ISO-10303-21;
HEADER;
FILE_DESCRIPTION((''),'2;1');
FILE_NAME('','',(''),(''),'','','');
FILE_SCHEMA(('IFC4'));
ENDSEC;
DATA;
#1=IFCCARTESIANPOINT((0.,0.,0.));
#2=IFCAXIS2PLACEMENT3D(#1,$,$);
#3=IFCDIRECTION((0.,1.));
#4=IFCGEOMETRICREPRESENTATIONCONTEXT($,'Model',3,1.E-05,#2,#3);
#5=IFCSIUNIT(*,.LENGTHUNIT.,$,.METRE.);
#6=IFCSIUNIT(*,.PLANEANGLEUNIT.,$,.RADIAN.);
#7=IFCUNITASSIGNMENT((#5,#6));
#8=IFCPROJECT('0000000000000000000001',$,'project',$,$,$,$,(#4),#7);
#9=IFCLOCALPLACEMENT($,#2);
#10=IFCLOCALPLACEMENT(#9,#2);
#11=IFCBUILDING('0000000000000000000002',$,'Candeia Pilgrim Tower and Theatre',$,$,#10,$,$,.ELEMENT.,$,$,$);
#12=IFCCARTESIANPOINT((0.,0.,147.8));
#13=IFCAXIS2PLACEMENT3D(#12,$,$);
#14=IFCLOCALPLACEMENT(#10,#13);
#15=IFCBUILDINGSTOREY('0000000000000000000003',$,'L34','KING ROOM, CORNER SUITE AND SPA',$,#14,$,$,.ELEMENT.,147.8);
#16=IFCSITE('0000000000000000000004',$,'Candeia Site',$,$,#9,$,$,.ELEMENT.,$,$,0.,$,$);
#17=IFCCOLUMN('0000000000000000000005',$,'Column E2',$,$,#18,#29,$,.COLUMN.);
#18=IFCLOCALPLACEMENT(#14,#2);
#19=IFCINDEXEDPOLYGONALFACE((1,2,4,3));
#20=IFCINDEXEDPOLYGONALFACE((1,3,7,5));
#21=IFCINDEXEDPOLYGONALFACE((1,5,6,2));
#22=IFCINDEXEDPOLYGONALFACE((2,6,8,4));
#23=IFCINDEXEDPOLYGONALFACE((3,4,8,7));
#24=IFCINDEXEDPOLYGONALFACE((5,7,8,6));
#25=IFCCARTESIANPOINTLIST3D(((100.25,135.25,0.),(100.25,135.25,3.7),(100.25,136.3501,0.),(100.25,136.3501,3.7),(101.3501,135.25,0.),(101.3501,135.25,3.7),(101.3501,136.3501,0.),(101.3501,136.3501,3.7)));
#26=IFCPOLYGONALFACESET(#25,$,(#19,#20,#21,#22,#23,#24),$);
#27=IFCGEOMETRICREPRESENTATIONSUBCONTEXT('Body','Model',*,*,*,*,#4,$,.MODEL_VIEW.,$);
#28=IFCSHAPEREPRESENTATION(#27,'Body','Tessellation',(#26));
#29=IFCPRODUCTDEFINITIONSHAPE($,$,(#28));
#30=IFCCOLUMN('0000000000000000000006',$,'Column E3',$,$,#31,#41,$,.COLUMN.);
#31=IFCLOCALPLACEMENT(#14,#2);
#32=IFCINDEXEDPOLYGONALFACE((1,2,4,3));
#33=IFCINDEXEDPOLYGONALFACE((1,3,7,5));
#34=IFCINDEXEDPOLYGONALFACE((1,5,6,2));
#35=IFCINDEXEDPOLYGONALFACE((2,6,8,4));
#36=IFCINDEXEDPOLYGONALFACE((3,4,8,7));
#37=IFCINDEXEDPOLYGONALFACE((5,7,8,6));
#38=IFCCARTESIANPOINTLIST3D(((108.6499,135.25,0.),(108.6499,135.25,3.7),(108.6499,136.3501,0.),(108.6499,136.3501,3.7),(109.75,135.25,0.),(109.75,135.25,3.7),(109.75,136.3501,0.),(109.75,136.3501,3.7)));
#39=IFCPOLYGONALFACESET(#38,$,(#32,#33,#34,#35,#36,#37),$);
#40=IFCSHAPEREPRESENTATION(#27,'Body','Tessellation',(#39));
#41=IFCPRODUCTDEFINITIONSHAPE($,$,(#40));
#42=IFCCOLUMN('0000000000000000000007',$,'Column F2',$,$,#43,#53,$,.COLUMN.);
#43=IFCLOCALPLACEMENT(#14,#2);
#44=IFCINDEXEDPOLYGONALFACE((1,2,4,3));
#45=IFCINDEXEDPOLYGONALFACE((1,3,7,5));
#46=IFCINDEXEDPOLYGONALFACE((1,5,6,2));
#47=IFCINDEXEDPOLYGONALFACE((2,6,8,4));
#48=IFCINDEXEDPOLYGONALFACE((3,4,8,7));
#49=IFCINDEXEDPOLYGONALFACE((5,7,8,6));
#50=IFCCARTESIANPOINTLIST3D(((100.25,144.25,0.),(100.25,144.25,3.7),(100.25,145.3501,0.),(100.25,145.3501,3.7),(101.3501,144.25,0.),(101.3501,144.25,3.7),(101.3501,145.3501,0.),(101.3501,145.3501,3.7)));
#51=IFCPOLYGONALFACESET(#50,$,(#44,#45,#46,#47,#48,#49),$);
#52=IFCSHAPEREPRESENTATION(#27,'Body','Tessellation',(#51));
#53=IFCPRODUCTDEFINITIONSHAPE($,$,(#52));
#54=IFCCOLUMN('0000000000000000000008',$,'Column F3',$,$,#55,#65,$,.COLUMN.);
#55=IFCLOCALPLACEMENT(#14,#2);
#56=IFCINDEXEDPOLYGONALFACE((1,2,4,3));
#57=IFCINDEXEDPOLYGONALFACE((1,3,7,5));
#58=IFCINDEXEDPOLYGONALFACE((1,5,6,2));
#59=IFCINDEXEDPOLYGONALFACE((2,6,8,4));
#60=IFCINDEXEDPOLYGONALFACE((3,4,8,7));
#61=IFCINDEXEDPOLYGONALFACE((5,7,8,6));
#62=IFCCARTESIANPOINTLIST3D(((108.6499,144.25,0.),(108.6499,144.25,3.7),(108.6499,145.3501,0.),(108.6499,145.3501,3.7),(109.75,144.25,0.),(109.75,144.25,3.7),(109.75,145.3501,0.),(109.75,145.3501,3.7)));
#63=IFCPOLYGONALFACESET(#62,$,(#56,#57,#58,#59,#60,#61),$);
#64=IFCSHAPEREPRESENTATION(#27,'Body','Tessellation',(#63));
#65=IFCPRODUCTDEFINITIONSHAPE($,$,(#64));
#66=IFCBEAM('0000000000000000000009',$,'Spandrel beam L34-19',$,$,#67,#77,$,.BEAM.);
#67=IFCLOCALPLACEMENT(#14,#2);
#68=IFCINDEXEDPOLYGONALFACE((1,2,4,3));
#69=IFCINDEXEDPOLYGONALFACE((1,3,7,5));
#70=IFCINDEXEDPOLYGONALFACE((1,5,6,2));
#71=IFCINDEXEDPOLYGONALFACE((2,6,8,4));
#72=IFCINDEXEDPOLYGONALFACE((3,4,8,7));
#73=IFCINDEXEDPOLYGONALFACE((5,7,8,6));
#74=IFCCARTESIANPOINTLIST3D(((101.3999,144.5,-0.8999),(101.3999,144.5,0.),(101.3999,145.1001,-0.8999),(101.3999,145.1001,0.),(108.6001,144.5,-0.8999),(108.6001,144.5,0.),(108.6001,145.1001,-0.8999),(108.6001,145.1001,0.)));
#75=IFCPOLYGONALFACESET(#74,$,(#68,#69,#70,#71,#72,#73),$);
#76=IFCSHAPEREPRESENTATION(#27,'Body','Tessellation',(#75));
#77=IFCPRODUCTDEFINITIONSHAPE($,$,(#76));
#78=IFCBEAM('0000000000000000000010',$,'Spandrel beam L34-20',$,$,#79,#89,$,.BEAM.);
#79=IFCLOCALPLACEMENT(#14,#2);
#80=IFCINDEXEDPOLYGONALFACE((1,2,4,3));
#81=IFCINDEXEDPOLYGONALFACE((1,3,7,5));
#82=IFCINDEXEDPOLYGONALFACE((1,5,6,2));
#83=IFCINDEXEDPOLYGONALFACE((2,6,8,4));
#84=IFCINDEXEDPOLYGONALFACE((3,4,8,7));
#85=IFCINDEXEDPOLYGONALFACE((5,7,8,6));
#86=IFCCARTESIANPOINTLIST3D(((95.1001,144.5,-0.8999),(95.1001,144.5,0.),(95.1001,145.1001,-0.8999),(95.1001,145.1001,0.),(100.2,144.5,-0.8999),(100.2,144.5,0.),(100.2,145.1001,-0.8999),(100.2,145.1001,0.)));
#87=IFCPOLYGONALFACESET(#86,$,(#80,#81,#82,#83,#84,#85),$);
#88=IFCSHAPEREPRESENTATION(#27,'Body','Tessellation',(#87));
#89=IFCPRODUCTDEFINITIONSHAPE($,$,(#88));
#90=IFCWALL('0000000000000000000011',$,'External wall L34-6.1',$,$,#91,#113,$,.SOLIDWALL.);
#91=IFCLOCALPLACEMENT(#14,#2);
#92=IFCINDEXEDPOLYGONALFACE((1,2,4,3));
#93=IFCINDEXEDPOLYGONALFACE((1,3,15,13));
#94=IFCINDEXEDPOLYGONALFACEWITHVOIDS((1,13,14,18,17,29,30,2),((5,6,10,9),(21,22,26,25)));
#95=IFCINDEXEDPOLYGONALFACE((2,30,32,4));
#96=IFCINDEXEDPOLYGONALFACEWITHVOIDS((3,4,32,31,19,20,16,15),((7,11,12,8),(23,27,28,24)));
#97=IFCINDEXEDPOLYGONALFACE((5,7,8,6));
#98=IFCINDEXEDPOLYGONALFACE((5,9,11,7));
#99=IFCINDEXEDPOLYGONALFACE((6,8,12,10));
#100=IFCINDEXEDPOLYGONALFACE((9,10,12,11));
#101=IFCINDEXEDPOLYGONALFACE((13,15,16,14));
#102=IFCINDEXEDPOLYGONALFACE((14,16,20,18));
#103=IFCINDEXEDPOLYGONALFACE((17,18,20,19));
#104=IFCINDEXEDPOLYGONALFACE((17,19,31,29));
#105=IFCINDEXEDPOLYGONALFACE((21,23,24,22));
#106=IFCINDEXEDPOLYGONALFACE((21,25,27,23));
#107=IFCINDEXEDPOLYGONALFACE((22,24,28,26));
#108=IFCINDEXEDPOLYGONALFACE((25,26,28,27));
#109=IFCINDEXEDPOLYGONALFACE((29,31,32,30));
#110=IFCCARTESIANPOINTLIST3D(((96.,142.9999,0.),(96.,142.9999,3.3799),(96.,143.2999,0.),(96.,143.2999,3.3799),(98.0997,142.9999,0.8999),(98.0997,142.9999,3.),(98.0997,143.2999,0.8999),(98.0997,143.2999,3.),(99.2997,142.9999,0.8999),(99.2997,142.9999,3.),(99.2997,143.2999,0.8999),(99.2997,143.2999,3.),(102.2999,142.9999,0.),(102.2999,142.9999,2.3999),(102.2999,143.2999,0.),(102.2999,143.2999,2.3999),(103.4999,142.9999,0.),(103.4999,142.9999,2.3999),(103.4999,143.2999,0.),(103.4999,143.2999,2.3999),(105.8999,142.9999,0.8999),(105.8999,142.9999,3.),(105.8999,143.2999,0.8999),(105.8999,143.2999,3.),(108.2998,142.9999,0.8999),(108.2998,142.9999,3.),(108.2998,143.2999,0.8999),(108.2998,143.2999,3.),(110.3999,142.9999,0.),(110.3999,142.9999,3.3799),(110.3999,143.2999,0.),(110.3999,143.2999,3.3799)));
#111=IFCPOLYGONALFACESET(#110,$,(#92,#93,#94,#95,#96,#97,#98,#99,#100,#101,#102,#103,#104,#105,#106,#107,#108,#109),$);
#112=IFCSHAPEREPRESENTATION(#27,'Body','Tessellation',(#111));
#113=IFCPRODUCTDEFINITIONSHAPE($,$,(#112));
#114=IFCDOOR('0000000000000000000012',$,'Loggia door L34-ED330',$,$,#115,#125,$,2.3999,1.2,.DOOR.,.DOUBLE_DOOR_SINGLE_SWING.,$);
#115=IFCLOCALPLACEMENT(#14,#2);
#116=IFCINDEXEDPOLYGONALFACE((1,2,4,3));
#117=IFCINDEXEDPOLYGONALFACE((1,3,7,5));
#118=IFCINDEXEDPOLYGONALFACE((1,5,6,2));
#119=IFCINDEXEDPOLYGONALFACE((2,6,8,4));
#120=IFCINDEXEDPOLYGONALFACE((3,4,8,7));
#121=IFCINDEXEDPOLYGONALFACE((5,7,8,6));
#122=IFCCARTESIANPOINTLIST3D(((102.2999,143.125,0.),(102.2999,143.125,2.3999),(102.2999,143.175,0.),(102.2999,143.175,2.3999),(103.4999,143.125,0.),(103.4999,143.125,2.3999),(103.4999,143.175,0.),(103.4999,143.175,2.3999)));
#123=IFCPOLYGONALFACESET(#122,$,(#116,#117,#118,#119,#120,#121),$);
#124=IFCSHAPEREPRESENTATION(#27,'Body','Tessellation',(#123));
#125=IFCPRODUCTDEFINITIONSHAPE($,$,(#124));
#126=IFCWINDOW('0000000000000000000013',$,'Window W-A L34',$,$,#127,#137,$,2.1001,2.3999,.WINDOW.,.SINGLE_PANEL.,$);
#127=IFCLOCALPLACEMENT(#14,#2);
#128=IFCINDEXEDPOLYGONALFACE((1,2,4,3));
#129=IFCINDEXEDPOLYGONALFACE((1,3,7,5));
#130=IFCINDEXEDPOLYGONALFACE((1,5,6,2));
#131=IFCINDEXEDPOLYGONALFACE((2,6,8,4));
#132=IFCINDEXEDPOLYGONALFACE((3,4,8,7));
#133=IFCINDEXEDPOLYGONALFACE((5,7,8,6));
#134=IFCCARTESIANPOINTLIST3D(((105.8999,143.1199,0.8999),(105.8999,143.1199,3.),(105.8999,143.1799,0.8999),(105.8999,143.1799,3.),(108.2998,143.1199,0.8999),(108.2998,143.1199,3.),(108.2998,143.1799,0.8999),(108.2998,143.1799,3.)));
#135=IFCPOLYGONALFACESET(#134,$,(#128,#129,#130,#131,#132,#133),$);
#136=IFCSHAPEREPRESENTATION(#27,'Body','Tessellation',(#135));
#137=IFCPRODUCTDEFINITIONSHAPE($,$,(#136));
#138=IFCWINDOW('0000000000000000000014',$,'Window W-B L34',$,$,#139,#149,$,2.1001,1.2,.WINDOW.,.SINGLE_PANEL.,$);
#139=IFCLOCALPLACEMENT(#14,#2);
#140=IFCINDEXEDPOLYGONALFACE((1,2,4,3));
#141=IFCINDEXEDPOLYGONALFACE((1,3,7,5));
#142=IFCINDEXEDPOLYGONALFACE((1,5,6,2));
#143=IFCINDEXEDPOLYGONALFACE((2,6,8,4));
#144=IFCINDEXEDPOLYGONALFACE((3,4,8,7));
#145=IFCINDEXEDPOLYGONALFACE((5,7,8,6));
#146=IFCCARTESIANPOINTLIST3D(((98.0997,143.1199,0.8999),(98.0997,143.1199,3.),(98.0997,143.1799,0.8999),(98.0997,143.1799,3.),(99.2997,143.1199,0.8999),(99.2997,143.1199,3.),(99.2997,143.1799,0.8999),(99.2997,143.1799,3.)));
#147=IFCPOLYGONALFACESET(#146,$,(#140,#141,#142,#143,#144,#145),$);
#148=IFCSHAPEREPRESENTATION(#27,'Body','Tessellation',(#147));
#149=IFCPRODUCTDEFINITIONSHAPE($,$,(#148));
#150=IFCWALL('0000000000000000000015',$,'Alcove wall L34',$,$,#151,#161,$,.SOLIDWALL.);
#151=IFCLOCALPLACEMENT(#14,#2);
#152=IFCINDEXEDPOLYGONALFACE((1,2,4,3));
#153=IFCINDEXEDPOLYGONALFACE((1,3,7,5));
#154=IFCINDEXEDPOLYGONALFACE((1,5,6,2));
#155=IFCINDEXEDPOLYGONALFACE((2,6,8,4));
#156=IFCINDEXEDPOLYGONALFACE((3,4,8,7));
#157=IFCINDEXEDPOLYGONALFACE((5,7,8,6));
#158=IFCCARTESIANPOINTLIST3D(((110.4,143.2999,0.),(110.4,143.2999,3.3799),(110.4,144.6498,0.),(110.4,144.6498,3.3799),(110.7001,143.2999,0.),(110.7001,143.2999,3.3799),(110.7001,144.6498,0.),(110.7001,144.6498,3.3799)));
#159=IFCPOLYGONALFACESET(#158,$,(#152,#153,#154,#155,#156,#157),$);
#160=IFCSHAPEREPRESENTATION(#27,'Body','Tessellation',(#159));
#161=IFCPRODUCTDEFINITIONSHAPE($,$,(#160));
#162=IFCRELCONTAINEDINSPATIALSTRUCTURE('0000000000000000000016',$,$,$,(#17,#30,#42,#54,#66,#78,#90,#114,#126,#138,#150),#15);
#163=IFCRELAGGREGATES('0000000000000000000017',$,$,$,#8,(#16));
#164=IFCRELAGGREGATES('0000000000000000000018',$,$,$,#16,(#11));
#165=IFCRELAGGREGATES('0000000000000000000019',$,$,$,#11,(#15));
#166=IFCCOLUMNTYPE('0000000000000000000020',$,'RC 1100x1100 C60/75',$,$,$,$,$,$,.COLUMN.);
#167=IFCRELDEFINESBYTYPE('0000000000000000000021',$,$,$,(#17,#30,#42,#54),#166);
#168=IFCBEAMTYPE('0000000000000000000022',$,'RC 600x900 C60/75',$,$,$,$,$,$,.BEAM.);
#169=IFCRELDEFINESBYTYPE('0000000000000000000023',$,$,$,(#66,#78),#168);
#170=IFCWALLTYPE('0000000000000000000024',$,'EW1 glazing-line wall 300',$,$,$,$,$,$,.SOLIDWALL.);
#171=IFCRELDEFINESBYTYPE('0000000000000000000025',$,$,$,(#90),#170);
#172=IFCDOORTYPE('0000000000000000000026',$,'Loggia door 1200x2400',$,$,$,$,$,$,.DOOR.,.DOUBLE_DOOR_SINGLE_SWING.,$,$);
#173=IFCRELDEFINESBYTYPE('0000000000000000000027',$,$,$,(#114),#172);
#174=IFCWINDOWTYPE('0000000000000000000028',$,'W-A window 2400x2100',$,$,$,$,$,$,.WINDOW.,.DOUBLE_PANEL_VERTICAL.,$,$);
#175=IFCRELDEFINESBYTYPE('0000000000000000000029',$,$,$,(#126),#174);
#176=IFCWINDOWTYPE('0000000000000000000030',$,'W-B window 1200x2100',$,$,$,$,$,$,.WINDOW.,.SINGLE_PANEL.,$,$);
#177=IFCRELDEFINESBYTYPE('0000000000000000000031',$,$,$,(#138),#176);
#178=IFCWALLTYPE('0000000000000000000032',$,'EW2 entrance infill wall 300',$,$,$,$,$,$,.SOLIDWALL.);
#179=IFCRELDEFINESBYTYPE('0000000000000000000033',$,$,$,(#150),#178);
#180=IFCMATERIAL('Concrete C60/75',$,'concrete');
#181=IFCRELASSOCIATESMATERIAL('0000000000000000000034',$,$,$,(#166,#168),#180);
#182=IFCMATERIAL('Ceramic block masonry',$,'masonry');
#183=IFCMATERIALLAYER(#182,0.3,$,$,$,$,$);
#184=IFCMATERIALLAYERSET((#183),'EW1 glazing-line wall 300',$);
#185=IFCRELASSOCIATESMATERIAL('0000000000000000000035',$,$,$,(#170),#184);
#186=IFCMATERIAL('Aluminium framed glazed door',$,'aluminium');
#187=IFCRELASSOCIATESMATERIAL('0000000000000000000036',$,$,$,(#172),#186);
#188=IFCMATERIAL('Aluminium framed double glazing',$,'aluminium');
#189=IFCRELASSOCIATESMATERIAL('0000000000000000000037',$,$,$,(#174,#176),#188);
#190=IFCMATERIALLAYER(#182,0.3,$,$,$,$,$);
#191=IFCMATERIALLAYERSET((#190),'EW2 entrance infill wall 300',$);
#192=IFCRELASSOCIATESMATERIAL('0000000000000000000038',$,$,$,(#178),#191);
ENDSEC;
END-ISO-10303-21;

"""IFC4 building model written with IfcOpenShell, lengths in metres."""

from ifc_helpers import new_model, si_unit, direction, frame, frame_2d, origin, origin_2d, place, context, subcontext, project, spatial, rectangle, extrude, material, layer, layer_set, material_profile, profile_set, type_object, element, fill, save


model = new_model("IFC4")

# Units and contexts
model_context = context("Model", 3, precision=1e-05, world=origin(), true_north=direction((0.0, 1.0)))
body_context = subcontext(model_context, "Body", "Model", "MODEL_VIEW")
ifc_project = project(units=[si_unit("LENGTHUNIT", "METRE"), si_unit("PLANEANGLEUNIT", "RADIAN")], contexts=[model_context])

# Site, building, storey
site_placement = place(None, origin())
site = spatial("IfcSite", under=ifc_project, at=site_placement, Name="Candeia Site", CompositionType="ELEMENT", RefElevation=0.0)
building_placement = place(site_placement, origin())
building = spatial("IfcBuilding", under=site, at=building_placement, Name="Candeia Pilgrim Tower and Theatre", CompositionType="ELEMENT")
storey_placement = place(building_placement, frame((0.0, 0.0, 147.8)))
storey = spatial("IfcBuildingStorey", under=building, at=storey_placement, Name="L34", Description="KING ROOM, CORNER SUITE AND SPA", CompositionType="ELEMENT", Elevation=147.8)

# Columns
ifc_material_1 = material(Name="Concrete C60/75", Category="concrete")
ifc_material_profile_1 = material_profile(ifc_material_1, rectangle(XDim=1.1001, YDim=1.1001, at=origin_2d()))
ifc_profile_set_1 = profile_set([ifc_material_profile_1], Name="Concrete C60/75")
column_type = type_object("IfcColumnType", Name="RC 1100x1100 C60/75", PredefinedType="COLUMN", material=ifc_profile_set_1)
for number, where, z_axis, x_axis, name in (
    (1, (100.8, 135.8, 0.0), (0.0, 0.0, 1.0), (1.0, 0.0, 0.0), "Column E2"),
    (2, (109.2, 135.8, 0.0), (0.0, 0.0, 1.0), (1.0, 0.0, 0.0), "Column E3"),
    (3, (100.8, 144.8, 0.0), (0.0, 0.0, 1.0), (1.0, 0.0, 0.0), "Column F2"),
    (4, (109.2, 144.8, 0.0), (0.0, 0.0, 1.0), (1.0, 0.0, 0.0), "Column F3"),
):
    element("IfcColumn", number, at=place(storey_placement, frame(where, z_axis=z_axis, x_axis=x_axis)), inside=storey, type_object=column_type, Name=name, PredefinedType="COLUMN", context=body_context, shape_type="SweptSolid", body=[
        extrude(rectangle(XDim=1.1001, YDim=1.1001, at=origin_2d()), origin(), (0.0, 0.0, 1.0), 3.7),
    ])

# Beams
ifc_material_profile_2 = material_profile(ifc_material_1, rectangle(XDim=0.6001, YDim=0.8999, at=origin_2d()))
ifc_profile_set_2 = profile_set([ifc_material_profile_2], Name="Concrete C60/75")
beam_type = type_object("IfcBeamType", Name="RC 600x900 C60/75", PredefinedType="BEAM", material=ifc_profile_set_2)
beam_1_placement = place(storey_placement, frame((108.6001, 144.8, -0.45), z_axis=(-1.0, 0.0, 0.0), x_axis=(0.0, -1.0, 0.0)))
element("IfcBeam", 5, at=beam_1_placement, inside=storey, type_object=beam_type, Name="Spandrel beam L34-19", PredefinedType="BEAM", context=body_context, shape_type="SweptSolid", body=[
    extrude(rectangle(XDim=0.6001, YDim=0.8999, at=origin_2d()), origin(), (0.0, 0.0, 1.0), 7.2002),
])
beam_2_placement = place(storey_placement, frame((100.2, 144.8, -0.45), z_axis=(-1.0, 0.0, 0.0), x_axis=(0.0, -1.0, 0.0)))
element("IfcBeam", 6, at=beam_2_placement, inside=storey, type_object=beam_type, Name="Spandrel beam L34-20", PredefinedType="BEAM", context=body_context, shape_type="SweptSolid", body=[
    extrude(rectangle(XDim=0.6001, YDim=0.8999, at=origin_2d()), origin(), (0.0, 0.0, 1.0), 5.0999),
])

# Wall, openings, door, windows
ifc_material_2 = material(Name="Ceramic block masonry", Category="masonry")
ifc_layer_1 = layer(ifc_material_2, 0.3)
ifc_layer_set_1 = layer_set([ifc_layer_1], Name="EW1 glazing-line wall 300")
wall_type_1 = type_object("IfcWallType", Name="EW1 glazing-line wall 300", PredefinedType="SOLIDWALL", material=ifc_layer_set_1)
wall_1_placement = place(storey_placement, frame((110.3999, 143.1499, 0.0), z_axis=(0.0, 0.0, 1.0), x_axis=(-1.0, 0.0, 0.0)))
wall_1 = element("IfcWall", 7, at=wall_1_placement, inside=storey, type_object=wall_type_1, Name="External wall L34-6.1", PredefinedType="SOLIDWALL", context=body_context, shape_type="SweptSolid", body=[
    extrude(rectangle(XDim=14.3999, YDim=0.3, at=frame_2d((7.2, 0.0))), origin(), (0.0, 0.0, 1.0), 3.3799),
])
opening_1_placement = place(wall_1_placement, frame((2.1001, 0.0, 0.8999)))
opening_1 = element("IfcOpeningElement", 8, at=opening_1_placement, cuts=wall_1, PredefinedType="OPENING", context=body_context, shape_type="SweptSolid", body=[
    extrude(rectangle(XDim=2.3999, YDim=2.1001, at=frame_2d((1.2, 1.05))), frame((0.0, 0.1602, 0.0), z_axis=(0.0, -1.0, 0.0), x_axis=(1.0, 0.0, 0.0)), (0.0, 0.0, 1.0), 0.3201),
])
opening_2_placement = place(wall_1_placement, frame((6.8999, 0.0, 0.0)))
opening_2 = element("IfcOpeningElement", 9, at=opening_2_placement, cuts=wall_1, PredefinedType="OPENING", context=body_context, shape_type="SweptSolid", body=[
    extrude(rectangle(XDim=1.2, YDim=2.3999, at=frame_2d((0.6001, 1.2))), frame((0.0, 0.1602, 0.0), z_axis=(0.0, -1.0, 0.0), x_axis=(1.0, 0.0, 0.0)), (0.0, 0.0, 1.0), 0.3201),
])
opening_3_placement = place(wall_1_placement, frame((11.1001, 0.0, 0.8999)))
opening_3 = element("IfcOpeningElement", 10, at=opening_3_placement, cuts=wall_1, PredefinedType="OPENING", context=body_context, shape_type="SweptSolid", body=[
    extrude(rectangle(XDim=1.2, YDim=2.1001, at=frame_2d((0.6001, 1.05))), frame((0.0, 0.1602, 0.0), z_axis=(0.0, -1.0, 0.0), x_axis=(1.0, 0.0, 0.0)), (0.0, 0.0, 1.0), 0.3201),
])
ifc_material_3 = material(Name="Aluminium framed glazed door", Category="aluminium")
door_type_1 = type_object("IfcDoorType", Name="Loggia door 1200x2400", OperationType="DOUBLE_DOOR_SINGLE_SWING", PredefinedType="DOOR", material=ifc_material_3)
door_1_placement = place(opening_2_placement, origin())
door_1 = element("IfcDoor", 11, at=door_1_placement, inside=storey, type_object=door_type_1, Name="Loggia door L34-ED330", OperationType="DOUBLE_DOOR_SINGLE_SWING", OverallHeight=2.3999, OverallWidth=1.2, PredefinedType="DOOR", context=body_context, shape_type="SweptSolid", body=[
    extrude(rectangle(XDim=1.2, YDim=2.3999, at=frame_2d((0.6001, 1.2))), frame((0.0, 0.0249, 0.0), z_axis=(0.0, -1.0, 0.0), x_axis=(1.0, 0.0, 0.0)), (0.0, 0.0, 1.0), 0.05),
])
fill(opening_2, door_1)
ifc_material_4 = material(Name="Aluminium framed double glazing", Category="aluminium")
window_type_1 = type_object("IfcWindowType", Name="W-A window 2400x2100", PartitioningType="DOUBLE_PANEL_VERTICAL", PredefinedType="WINDOW", material=ifc_material_4)
window_1_placement = place(opening_1_placement, origin())
window_1 = element("IfcWindow", 12, at=window_1_placement, inside=storey, type_object=window_type_1, Name="Window W-A L34", OverallHeight=2.1001, OverallWidth=2.3999, PartitioningType="SINGLE_PANEL", PredefinedType="WINDOW", context=body_context, shape_type="SweptSolid", body=[
    extrude(rectangle(XDim=2.3999, YDim=2.1001, at=frame_2d((1.2, 1.05))), frame((0.0, 0.03, 0.0), z_axis=(0.0, -1.0, 0.0), x_axis=(1.0, 0.0, 0.0)), (0.0, 0.0, 1.0), 0.0601),
])
fill(opening_1, window_1)
window_type_2 = type_object("IfcWindowType", Name="W-B window 1200x2100", PartitioningType="SINGLE_PANEL", PredefinedType="WINDOW", material=ifc_material_4)
window_2_placement = place(opening_3_placement, origin())
window_2 = element("IfcWindow", 13, at=window_2_placement, inside=storey, type_object=window_type_2, Name="Window W-B L34", OverallHeight=2.1001, OverallWidth=1.2, PartitioningType="SINGLE_PANEL", PredefinedType="WINDOW", context=body_context, shape_type="SweptSolid", body=[
    extrude(rectangle(XDim=1.2, YDim=2.1001, at=frame_2d((0.6001, 1.05))), frame((0.0, 0.03, 0.0), z_axis=(0.0, -1.0, 0.0), x_axis=(1.0, 0.0, 0.0)), (0.0, 0.0, 1.0), 0.0601),
])
fill(opening_3, window_2)

# Wall
ifc_layer_2 = layer(ifc_material_2, 0.3)
ifc_layer_set_2 = layer_set([ifc_layer_2], Name="EW2 entrance infill wall 300")
wall_type_2 = type_object("IfcWallType", Name="EW2 entrance infill wall 300", PredefinedType="SOLIDWALL", material=ifc_layer_set_2)
wall_2_placement = place(storey_placement, frame((110.55, 143.3, 0.0), z_axis=(0.0, 0.0, 1.0), x_axis=(0.0, 1.0, 0.0)))
element("IfcWall", 14, at=wall_2_placement, inside=storey, type_object=wall_type_2, Name="Alcove wall L34", PredefinedType="SOLIDWALL", context=body_context, shape_type="SweptSolid", body=[
    extrude(rectangle(XDim=1.3499, YDim=0.3, at=frame_2d((0.6748, 0.0))), origin(), (0.0, 0.0, 1.0), 3.3799),
])

save(model, "model.ifc")
